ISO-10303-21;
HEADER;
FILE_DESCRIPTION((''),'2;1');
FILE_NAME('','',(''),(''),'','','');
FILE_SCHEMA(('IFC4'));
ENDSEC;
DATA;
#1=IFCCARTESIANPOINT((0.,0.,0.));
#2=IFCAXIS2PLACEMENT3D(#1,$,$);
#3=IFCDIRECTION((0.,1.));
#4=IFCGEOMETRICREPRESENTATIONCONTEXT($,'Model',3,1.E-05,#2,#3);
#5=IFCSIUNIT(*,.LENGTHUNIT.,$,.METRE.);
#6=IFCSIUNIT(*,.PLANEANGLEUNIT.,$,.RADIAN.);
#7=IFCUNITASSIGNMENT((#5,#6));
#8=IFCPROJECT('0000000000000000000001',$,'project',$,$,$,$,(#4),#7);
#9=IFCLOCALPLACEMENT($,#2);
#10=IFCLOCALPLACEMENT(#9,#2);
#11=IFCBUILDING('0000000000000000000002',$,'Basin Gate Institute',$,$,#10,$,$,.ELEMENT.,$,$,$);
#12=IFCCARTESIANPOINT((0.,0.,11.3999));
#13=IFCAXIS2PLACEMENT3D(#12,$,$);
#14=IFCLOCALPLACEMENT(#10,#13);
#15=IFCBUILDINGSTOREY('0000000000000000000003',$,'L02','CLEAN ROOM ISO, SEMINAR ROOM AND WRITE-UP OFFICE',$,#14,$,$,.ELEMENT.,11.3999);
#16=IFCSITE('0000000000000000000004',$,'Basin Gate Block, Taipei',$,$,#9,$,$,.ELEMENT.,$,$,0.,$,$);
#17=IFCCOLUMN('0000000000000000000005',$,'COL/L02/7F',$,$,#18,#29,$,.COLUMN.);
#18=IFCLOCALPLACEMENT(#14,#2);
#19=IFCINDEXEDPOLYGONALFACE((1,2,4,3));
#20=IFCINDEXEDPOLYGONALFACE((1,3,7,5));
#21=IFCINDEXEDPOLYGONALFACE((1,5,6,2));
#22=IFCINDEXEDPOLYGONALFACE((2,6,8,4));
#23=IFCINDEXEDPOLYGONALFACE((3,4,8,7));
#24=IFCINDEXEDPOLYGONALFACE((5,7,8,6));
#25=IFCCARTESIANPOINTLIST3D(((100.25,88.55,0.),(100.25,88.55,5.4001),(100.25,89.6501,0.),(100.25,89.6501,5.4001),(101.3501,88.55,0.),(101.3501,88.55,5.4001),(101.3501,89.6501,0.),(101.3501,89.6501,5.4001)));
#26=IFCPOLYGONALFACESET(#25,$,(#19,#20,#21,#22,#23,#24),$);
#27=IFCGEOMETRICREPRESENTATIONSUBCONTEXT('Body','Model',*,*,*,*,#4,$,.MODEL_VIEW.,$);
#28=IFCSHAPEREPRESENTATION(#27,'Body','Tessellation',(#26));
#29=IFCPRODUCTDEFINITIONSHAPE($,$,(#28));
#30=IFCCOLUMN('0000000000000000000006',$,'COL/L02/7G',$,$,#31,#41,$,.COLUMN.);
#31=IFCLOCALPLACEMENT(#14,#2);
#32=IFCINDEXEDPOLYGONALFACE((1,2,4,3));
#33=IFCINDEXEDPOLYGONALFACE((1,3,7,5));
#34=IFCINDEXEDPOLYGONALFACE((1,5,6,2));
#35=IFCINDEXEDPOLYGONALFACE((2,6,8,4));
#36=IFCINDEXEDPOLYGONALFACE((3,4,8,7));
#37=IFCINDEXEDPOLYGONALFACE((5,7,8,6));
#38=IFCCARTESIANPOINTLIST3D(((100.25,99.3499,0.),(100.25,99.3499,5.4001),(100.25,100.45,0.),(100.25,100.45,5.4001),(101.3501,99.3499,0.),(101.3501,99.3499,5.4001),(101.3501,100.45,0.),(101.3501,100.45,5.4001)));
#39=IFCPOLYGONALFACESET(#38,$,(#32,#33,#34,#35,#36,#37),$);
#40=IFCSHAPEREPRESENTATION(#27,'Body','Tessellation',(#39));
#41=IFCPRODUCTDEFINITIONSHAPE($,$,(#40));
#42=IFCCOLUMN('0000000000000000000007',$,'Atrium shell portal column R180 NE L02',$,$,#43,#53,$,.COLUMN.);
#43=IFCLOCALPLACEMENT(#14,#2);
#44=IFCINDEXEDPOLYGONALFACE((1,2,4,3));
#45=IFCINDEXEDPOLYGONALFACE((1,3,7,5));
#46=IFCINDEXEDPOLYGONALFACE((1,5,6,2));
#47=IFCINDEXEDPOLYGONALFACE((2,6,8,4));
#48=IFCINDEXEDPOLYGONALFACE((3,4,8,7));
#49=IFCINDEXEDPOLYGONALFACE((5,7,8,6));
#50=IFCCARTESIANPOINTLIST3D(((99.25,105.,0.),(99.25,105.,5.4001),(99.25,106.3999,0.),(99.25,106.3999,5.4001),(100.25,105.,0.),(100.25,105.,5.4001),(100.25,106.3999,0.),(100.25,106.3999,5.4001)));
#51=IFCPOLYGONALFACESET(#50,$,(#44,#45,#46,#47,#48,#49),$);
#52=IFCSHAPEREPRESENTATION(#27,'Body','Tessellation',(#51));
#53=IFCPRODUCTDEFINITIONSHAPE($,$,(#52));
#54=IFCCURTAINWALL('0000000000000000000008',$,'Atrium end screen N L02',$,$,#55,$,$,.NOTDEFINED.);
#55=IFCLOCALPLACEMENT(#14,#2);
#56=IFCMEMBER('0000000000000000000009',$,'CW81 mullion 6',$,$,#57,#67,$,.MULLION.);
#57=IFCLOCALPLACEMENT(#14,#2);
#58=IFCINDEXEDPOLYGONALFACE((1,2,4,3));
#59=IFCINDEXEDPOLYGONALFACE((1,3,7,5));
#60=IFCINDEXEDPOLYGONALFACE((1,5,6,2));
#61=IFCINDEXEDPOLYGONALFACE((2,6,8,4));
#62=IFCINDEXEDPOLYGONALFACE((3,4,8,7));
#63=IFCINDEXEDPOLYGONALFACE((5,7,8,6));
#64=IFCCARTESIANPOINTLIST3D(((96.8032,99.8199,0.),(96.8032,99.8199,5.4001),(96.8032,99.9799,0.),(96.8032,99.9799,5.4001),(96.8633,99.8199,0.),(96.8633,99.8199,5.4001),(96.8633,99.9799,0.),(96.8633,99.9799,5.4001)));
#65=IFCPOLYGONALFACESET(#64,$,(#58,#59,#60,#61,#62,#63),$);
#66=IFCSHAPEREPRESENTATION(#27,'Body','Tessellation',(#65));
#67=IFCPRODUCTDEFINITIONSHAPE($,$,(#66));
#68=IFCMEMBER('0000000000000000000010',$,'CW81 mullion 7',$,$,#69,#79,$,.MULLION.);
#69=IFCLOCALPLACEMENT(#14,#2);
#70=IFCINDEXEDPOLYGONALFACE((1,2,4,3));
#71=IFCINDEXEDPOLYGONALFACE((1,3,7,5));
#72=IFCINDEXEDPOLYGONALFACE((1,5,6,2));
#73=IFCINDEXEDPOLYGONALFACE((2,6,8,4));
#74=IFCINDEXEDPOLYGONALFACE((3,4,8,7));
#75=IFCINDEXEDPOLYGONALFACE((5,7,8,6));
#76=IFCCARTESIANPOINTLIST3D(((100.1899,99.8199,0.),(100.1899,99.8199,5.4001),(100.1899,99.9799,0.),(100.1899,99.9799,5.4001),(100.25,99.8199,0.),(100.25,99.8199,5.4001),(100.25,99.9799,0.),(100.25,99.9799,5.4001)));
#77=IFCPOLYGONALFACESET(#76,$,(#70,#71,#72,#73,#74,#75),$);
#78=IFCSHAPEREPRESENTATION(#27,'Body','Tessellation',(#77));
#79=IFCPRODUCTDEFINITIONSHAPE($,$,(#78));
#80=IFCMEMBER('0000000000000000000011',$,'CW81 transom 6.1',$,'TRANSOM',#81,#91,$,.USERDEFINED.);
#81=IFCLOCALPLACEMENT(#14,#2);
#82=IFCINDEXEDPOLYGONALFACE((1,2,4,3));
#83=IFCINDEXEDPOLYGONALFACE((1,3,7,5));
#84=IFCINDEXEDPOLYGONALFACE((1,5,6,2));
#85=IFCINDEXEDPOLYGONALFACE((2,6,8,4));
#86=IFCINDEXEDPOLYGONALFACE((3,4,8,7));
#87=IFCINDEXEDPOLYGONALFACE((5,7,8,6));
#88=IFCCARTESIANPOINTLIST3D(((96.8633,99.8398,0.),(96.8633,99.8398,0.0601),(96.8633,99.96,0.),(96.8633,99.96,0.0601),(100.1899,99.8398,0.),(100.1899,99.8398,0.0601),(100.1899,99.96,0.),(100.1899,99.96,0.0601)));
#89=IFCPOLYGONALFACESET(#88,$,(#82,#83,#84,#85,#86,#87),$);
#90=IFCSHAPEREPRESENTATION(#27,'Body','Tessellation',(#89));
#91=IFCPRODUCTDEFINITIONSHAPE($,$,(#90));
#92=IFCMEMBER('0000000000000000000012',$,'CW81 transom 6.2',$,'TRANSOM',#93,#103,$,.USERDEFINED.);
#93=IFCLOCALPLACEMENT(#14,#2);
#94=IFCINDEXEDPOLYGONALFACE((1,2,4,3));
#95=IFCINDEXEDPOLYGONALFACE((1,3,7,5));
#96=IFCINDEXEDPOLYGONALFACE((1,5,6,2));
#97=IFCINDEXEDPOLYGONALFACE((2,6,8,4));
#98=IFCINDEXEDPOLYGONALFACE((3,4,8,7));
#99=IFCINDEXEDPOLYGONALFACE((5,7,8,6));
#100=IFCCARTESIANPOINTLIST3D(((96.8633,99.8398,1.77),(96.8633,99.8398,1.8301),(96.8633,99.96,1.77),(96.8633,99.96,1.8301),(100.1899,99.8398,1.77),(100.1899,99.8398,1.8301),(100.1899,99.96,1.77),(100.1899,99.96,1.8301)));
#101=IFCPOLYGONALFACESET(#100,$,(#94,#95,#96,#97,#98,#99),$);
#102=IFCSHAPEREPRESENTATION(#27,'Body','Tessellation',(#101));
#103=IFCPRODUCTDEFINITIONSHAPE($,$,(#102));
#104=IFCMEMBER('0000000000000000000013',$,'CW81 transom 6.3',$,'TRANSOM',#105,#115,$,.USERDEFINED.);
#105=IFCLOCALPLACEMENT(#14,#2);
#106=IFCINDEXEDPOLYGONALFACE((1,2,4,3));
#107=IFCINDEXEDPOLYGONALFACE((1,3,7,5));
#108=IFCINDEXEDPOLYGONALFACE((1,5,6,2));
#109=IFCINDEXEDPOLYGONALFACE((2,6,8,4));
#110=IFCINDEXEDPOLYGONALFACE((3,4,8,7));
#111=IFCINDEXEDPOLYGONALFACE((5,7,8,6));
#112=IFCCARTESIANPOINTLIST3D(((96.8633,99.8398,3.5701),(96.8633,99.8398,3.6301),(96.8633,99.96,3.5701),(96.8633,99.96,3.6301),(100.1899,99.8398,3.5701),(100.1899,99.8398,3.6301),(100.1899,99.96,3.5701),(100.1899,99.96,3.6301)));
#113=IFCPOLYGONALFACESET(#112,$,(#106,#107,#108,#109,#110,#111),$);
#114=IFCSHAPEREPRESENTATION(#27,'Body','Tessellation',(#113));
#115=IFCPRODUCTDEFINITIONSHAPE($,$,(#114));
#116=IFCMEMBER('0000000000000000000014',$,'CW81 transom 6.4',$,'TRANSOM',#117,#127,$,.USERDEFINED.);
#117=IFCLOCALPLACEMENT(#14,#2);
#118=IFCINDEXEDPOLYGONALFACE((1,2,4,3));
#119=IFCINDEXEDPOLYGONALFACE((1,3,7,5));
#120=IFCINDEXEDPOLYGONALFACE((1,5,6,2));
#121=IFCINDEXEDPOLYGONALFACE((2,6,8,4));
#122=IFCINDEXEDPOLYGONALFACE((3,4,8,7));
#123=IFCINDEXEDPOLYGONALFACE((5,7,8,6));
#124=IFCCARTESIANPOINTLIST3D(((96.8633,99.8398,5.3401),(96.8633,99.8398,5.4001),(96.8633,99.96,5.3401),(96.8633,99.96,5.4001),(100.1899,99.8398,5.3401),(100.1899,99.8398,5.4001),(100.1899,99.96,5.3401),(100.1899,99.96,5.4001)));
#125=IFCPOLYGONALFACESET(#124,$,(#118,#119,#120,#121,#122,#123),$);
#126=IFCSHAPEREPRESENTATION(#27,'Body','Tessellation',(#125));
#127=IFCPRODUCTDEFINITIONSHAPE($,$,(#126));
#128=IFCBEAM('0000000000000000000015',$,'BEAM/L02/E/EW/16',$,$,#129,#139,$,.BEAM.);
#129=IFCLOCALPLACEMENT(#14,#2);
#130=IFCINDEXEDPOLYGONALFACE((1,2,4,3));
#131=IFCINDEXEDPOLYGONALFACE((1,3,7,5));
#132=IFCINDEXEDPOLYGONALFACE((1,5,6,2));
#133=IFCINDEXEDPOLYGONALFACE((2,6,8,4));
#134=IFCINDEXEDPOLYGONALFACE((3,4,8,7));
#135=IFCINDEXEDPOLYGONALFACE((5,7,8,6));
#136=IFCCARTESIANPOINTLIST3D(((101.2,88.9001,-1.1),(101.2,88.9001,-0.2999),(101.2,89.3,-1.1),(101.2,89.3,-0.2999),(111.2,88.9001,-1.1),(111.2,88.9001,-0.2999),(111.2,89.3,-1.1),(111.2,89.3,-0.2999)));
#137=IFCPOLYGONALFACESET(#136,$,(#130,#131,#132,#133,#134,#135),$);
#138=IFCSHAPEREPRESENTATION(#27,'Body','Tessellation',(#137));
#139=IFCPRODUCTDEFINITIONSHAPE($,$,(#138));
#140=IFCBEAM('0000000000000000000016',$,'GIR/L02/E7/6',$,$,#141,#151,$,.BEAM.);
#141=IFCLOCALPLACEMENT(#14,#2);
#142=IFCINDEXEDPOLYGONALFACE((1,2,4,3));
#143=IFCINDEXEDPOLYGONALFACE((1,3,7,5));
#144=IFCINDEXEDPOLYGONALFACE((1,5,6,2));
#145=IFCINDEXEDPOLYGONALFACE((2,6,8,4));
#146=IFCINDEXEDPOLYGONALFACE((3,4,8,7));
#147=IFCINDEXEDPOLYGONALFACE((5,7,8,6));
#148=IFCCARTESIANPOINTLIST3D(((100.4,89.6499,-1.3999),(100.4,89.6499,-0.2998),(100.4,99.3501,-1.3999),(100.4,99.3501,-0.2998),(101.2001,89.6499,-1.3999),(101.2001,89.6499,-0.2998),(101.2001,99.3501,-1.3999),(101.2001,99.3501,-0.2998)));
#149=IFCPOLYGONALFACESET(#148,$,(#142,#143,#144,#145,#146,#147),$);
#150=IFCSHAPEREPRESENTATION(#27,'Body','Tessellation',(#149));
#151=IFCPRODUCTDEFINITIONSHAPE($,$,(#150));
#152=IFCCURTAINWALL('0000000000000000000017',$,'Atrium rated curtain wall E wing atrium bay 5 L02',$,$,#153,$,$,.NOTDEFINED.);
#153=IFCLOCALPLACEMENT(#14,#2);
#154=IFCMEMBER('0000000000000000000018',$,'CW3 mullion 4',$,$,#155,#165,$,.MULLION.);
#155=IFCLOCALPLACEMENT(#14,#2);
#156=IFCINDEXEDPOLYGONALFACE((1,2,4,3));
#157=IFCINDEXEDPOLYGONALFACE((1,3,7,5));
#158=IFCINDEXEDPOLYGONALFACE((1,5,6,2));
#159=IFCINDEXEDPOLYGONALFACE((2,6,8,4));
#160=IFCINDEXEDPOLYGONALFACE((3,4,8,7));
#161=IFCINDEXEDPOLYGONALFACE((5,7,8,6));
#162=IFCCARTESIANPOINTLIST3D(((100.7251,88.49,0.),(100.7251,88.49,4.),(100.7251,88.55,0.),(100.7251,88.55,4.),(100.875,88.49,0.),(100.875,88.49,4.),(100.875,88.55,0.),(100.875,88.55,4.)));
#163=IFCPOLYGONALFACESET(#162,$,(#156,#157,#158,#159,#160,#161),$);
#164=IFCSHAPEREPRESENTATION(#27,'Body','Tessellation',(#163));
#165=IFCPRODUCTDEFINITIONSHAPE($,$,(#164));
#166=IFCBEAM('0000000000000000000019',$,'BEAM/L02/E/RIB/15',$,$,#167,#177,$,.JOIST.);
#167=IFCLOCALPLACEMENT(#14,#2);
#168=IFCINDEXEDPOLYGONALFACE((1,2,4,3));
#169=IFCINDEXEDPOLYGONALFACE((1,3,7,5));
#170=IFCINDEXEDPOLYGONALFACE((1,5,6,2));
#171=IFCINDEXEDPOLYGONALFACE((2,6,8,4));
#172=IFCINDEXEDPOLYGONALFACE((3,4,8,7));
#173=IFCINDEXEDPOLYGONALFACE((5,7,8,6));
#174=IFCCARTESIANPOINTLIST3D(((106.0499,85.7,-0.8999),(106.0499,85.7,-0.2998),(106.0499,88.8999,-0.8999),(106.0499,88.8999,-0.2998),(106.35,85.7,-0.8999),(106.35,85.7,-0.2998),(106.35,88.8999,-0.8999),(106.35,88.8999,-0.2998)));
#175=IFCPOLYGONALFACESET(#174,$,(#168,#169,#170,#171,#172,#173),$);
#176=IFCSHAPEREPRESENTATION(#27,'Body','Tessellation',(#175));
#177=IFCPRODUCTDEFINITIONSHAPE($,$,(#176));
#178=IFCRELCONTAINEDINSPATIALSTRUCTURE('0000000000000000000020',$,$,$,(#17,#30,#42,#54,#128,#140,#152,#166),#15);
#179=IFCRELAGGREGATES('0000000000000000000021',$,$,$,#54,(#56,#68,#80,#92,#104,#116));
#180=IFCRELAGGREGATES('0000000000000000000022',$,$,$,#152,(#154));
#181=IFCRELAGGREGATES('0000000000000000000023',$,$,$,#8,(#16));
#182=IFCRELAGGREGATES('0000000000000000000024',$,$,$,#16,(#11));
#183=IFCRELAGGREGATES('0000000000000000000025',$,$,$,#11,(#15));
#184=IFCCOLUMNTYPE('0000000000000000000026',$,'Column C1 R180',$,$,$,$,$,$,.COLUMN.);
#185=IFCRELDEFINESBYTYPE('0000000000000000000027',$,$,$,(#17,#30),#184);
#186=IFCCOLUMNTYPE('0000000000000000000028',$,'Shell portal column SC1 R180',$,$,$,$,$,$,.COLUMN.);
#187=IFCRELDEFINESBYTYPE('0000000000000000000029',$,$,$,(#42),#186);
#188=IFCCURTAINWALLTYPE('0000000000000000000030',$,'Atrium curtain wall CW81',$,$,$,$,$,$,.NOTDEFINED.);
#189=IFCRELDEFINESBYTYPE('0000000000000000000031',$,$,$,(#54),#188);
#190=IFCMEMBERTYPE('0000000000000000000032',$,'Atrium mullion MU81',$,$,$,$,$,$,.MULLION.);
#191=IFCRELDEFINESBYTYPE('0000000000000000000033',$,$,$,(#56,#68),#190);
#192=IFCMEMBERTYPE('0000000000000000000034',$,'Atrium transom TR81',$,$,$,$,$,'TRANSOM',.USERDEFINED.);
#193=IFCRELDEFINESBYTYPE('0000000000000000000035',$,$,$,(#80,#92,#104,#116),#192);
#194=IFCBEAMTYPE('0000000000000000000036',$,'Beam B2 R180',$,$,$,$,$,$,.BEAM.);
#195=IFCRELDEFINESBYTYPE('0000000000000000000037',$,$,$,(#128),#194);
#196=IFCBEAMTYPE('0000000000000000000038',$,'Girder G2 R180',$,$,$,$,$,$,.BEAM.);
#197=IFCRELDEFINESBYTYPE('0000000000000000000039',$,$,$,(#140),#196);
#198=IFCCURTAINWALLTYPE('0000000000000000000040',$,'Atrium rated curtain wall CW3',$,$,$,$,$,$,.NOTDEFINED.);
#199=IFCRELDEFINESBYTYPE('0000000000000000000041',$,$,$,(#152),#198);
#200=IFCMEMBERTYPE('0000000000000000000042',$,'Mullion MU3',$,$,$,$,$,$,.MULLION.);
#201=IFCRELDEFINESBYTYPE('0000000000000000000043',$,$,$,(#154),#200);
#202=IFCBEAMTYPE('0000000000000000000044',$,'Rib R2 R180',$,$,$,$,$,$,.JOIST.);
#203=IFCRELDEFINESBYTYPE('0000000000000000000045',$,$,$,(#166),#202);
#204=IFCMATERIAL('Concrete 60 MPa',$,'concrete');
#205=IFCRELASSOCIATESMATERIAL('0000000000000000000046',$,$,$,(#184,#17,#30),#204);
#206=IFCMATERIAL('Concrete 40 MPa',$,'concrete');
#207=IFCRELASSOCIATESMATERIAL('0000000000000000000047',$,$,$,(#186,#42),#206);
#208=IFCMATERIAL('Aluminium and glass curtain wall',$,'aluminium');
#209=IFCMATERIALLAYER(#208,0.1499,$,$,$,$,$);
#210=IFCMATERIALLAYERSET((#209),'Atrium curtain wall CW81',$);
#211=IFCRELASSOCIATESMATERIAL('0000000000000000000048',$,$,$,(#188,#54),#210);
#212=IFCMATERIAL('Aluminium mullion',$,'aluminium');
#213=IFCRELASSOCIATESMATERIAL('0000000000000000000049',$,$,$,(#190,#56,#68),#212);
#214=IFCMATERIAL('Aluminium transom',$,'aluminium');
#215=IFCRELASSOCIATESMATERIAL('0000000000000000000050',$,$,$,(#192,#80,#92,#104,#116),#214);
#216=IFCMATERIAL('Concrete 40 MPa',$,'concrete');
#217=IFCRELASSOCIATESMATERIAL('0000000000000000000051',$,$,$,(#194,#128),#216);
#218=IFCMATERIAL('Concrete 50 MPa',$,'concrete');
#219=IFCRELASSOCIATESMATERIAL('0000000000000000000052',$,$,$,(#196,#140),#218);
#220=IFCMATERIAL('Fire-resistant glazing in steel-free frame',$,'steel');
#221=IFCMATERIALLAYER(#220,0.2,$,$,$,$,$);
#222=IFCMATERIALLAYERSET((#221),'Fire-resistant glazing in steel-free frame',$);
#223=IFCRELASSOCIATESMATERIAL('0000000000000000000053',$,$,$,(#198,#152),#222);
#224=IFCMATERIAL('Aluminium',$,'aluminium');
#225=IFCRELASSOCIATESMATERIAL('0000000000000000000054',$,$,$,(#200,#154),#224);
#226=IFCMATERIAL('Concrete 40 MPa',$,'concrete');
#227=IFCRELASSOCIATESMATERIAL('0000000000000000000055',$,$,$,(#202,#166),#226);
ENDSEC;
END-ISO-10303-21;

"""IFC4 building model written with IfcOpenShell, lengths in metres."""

from ifc_helpers import new_model, si_unit, direction, frame, origin, origin_2d, place, context, subcontext, project, spatial, rectangle, extrude, material, layer, layer_set, material_profile, profile_set, type_object, element, aggregate, save


model = new_model("IFC4")

# Units and contexts
model_context = context("Model", 3, precision=1e-05, world=origin(), true_north=direction((0.0, 1.0)))
body_context = subcontext(model_context, "Body", "Model", "MODEL_VIEW")
ifc_project = project(units=[si_unit("LENGTHUNIT", "METRE"), si_unit("PLANEANGLEUNIT", "RADIAN")], contexts=[model_context])

# Site, building, storey
site_placement = place(None, origin())
site = spatial("IfcSite", under=ifc_project, at=site_placement, Name="Basin Gate Block, Taipei", CompositionType="ELEMENT", RefElevation=0.0)
building_placement = place(site_placement, origin())
building = spatial("IfcBuilding", under=site, at=building_placement, Name="Basin Gate Institute", CompositionType="ELEMENT")
storey_placement = place(building_placement, frame((0.0, 0.0, 11.3999)))
storey = spatial("IfcBuildingStorey", under=building, at=storey_placement, Name="L02", Description="CLEAN ROOM ISO, SEMINAR ROOM AND WRITE-UP OFFICE", CompositionType="ELEMENT", Elevation=11.3999)

# Columns
ifc_material_1 = material(Name="Concrete 60 MPa", Category="concrete")
ifc_material_profile_1 = material_profile(ifc_material_1, rectangle(XDim=1.1001, YDim=1.1001, at=origin_2d()), Name="Column C1 1100 x 1100")
ifc_profile_set_1 = profile_set([ifc_material_profile_1], Name="Concrete 60 MPa")
column_type_1 = type_object("IfcColumnType", Name="Column C1 R180", PredefinedType="COLUMN", material=ifc_profile_set_1)
for number, where, z_axis, x_axis, name in (
    (1, (100.8, 89.1001, 0.0), (0.0, 0.0, 1.0), (1.0, 0.0, 0.0), "COL/L02/7F"),
    (2, (100.8, 99.8999, 0.0), (0.0, 0.0, 1.0), (1.0, 0.0, 0.0), "COL/L02/7G"),
):
    element("IfcColumn", number, at=place(storey_placement, frame(where, z_axis=z_axis, x_axis=x_axis)), inside=storey, type_object=column_type_1, material=ifc_profile_set_1, Name=name, PredefinedType="COLUMN", context=body_context, shape_type="SweptSolid", body=[
        extrude(rectangle(XDim=1.1001, YDim=1.1001, at=origin_2d()), origin(), (0.0, 0.0, 1.0), 5.4001),
    ])
ifc_material_2 = material(Name="Concrete 40 MPa", Category="concrete")
ifc_material_profile_2 = material_profile(ifc_material_2, rectangle(XDim=1.0, YDim=1.3999, at=origin_2d()), Name="Shell portal column SC1 1000 x 1400")
ifc_profile_set_2 = profile_set([ifc_material_profile_2], Name="Concrete 40 MPa")
column_type_2 = type_object("IfcColumnType", Name="Shell portal column SC1 R180", PredefinedType="COLUMN", material=ifc_profile_set_2)
column_placement = place(storey_placement, frame((99.75, 105.7, 0.0), z_axis=(0.0, 0.0, 1.0), x_axis=(1.0, 0.0, 0.0)))
element("IfcColumn", 3, at=column_placement, inside=storey, type_object=column_type_2, material=ifc_profile_set_2, Name="Atrium shell portal column R180 NE L02", PredefinedType="COLUMN", context=body_context, shape_type="SweptSolid", body=[
    extrude(rectangle(XDim=1.0, YDim=1.3999, at=origin_2d()), origin(), (0.0, 0.0, 1.0), 5.4001),
])

# Curtain wall, members
ifc_material_3 = material(Name="Aluminium and glass curtain wall", Category="aluminium")
ifc_layer_1 = layer(ifc_material_3, 0.1499)
ifc_layer_set_1 = layer_set([ifc_layer_1], Name="Atrium curtain wall CW81")
curtain_wall_type_1 = type_object("IfcCurtainWallType", Name="Atrium curtain wall CW81", PredefinedType="NOTDEFINED", material=ifc_layer_set_1)
curtain_wall_1_placement = place(storey_placement, origin())
curtain_wall_1 = element("IfcCurtainWall", 4, at=curtain_wall_1_placement, inside=storey, type_object=curtain_wall_type_1, material=ifc_layer_set_1, Name="Atrium end screen N L02", PredefinedType="NOTDEFINED")
ifc_material_4 = material(Name="Aluminium mullion", Category="aluminium")
ifc_material_profile_3 = material_profile(ifc_material_4, rectangle(XDim=0.1599, YDim=0.0601, at=origin_2d()), Name="Atrium mullion MU81 160 x 60")
ifc_profile_set_3 = profile_set([ifc_material_profile_3], Name="Aluminium mullion")
member_type_1 = type_object("IfcMemberType", Name="Atrium mullion MU81", PredefinedType="MULLION", material=ifc_profile_set_3)
member_1_placement = place(storey_placement, frame((96.8333, 99.8999, 0.0), z_axis=(0.0, 0.0, 1.0), x_axis=(0.0, 1.0, 0.0)))
member_1 = element("IfcMember", 5, at=member_1_placement, type_object=member_type_1, material=ifc_profile_set_3, Name="CW81 mullion 6", PredefinedType="MULLION", context=body_context, shape_type="SweptSolid", body=[
    extrude(rectangle(XDim=0.1599, YDim=0.0601, at=origin_2d()), origin(), (0.0, 0.0, 1.0), 5.4001),
])
member_2_placement = place(storey_placement, frame((100.22, 99.8999, 0.0), z_axis=(0.0, 0.0, 1.0), x_axis=(0.0, 1.0, 0.0)))
member_2 = element("IfcMember", 6, at=member_2_placement, type_object=member_type_1, material=ifc_profile_set_3, Name="CW81 mullion 7", PredefinedType="MULLION", context=body_context, shape_type="SweptSolid", body=[
    extrude(rectangle(XDim=0.1599, YDim=0.0601, at=origin_2d()), origin(), (0.0, 0.0, 1.0), 5.4001),
])
ifc_material_5 = material(Name="Aluminium transom", Category="aluminium")
ifc_material_profile_4 = material_profile(ifc_material_5, rectangle(XDim=0.1201, YDim=0.0601, at=origin_2d()), Name="Atrium transom TR81 120 x 60")
ifc_profile_set_4 = profile_set([ifc_material_profile_4], Name="Aluminium transom")
member_type_2 = type_object("IfcMemberType", Name="Atrium transom TR81", ElementType="TRANSOM", PredefinedType="USERDEFINED", material=ifc_profile_set_4)
member_3_placement = place(storey_placement, frame((96.8633, 99.8999, 0.03), z_axis=(1.0, 0.0, 0.0), x_axis=(0.0, 1.0, 0.0)))
member_3 = element("IfcMember", 7, at=member_3_placement, type_object=member_type_2, material=ifc_profile_set_4, Name="CW81 transom 6.1", ObjectType="TRANSOM", PredefinedType="USERDEFINED", context=body_context, shape_type="SweptSolid", body=[
    extrude(rectangle(XDim=0.1201, YDim=0.0601, at=origin_2d()), origin(), (0.0, 0.0, 1.0), 3.3267),
])
member_4_placement = place(storey_placement, frame((96.8633, 99.8999, 1.8), z_axis=(1.0, 0.0, 0.0), x_axis=(0.0, 1.0, 0.0)))
member_4 = element("IfcMember", 8, at=member_4_placement, type_object=member_type_2, material=ifc_profile_set_4, Name="CW81 transom 6.2", ObjectType="TRANSOM", PredefinedType="USERDEFINED", context=body_context, shape_type="SweptSolid", body=[
    extrude(rectangle(XDim=0.1201, YDim=0.0601, at=origin_2d()), origin(), (0.0, 0.0, 1.0), 3.3267),
])
member_5_placement = place(storey_placement, frame((96.8633, 99.8999, 3.6001), z_axis=(1.0, 0.0, 0.0), x_axis=(0.0, 1.0, 0.0)))
member_5 = element("IfcMember", 9, at=member_5_placement, type_object=member_type_2, material=ifc_profile_set_4, Name="CW81 transom 6.3", ObjectType="TRANSOM", PredefinedType="USERDEFINED", context=body_context, shape_type="SweptSolid", body=[
    extrude(rectangle(XDim=0.1201, YDim=0.0601, at=origin_2d()), origin(), (0.0, 0.0, 1.0), 3.3267),
])
member_6_placement = place(storey_placement, frame((96.8633, 99.8999, 5.3701), z_axis=(1.0, 0.0, 0.0), x_axis=(0.0, 1.0, 0.0)))
member_6 = element("IfcMember", 10, at=member_6_placement, type_object=member_type_2, material=ifc_profile_set_4, Name="CW81 transom 6.4", ObjectType="TRANSOM", PredefinedType="USERDEFINED", context=body_context, shape_type="SweptSolid", body=[
    extrude(rectangle(XDim=0.1201, YDim=0.0601, at=origin_2d()), origin(), (0.0, 0.0, 1.0), 3.3267),
])

# Beams
ifc_material_6 = material(Name="Concrete 40 MPa", Category="concrete")
ifc_material_profile_5 = material_profile(ifc_material_6, rectangle(XDim=0.3999, YDim=0.8, at=origin_2d()), Name="Beam B2 400 x 800")
ifc_profile_set_5 = profile_set([ifc_material_profile_5], Name="Concrete 40 MPa")
beam_type_1 = type_object("IfcBeamType", Name="Beam B2 R180", PredefinedType="BEAM", material=ifc_profile_set_5)
beam_1_placement = place(storey_placement, frame((111.2, 89.1001, -0.7), z_axis=(-1.0, 0.0, 0.0), x_axis=(0.0, -1.0, 0.0)))
element("IfcBeam", 11, at=beam_1_placement, inside=storey, type_object=beam_type_1, material=ifc_profile_set_5, Name="BEAM/L02/E/EW/16", PredefinedType="BEAM", context=body_context, shape_type="SweptSolid", body=[
    extrude(rectangle(XDim=0.3999, YDim=0.8, at=origin_2d()), origin(), (0.0, 0.0, 1.0), 10.0),
])
ifc_material_7 = material(Name="Concrete 50 MPa", Category="concrete")
ifc_material_profile_6 = material_profile(ifc_material_7, rectangle(XDim=0.8, YDim=1.1001, at=origin_2d()), Name="Girder G2 800 x 1100")
ifc_profile_set_6 = profile_set([ifc_material_profile_6], Name="Concrete 50 MPa")
beam_type_2 = type_object("IfcBeamType", Name="Girder G2 R180", PredefinedType="BEAM", material=ifc_profile_set_6)
beam_2_placement = place(storey_placement, frame((100.8, 89.6499, -0.8499), z_axis=(0.0, 1.0, 0.0), x_axis=(-1.0, 0.0, 0.0)))
element("IfcBeam", 12, at=beam_2_placement, inside=storey, type_object=beam_type_2, material=ifc_profile_set_6, Name="GIR/L02/E7/6", PredefinedType="BEAM", context=body_context, shape_type="SweptSolid", body=[
    extrude(rectangle(XDim=0.8, YDim=1.1001, at=origin_2d()), origin(), (0.0, 0.0, 1.0), 9.7002),
])

# Curtain wall, member
ifc_material_8 = material(Name="Fire-resistant glazing in steel-free frame", Category="steel")
ifc_layer_2 = layer(ifc_material_8, 0.2)
ifc_layer_set_2 = layer_set([ifc_layer_2], Name="Fire-resistant glazing in steel-free frame")
curtain_wall_type_2 = type_object("IfcCurtainWallType", Name="Atrium rated curtain wall CW3", PredefinedType="NOTDEFINED", material=ifc_layer_set_2)
curtain_wall_2_placement = place(storey_placement, origin())
curtain_wall_2 = element("IfcCurtainWall", 13, at=curtain_wall_2_placement, inside=storey, type_object=curtain_wall_type_2, material=ifc_layer_set_2, Name="Atrium rated curtain wall E wing atrium bay 5 L02", PredefinedType="NOTDEFINED")
ifc_material_9 = material(Name="Aluminium", Category="aluminium")
ifc_material_profile_7 = material_profile(ifc_material_9, rectangle(XDim=0.1499, YDim=0.0601, at=origin_2d()), Name="Mullion MU3 150 x 60")
ifc_profile_set_7 = profile_set([ifc_material_profile_7], Name="Aluminium")
member_type_3 = type_object("IfcMemberType", Name="Mullion MU3", PredefinedType="MULLION", material=ifc_profile_set_7)
member_7_placement = place(storey_placement, frame((100.8, 88.52, 0.0), z_axis=(0.0, 0.0, 1.0), x_axis=(-1.0, 0.0, 0.0)))
member_7 = element("IfcMember", 14, at=member_7_placement, type_object=member_type_3, material=ifc_profile_set_7, Name="CW3 mullion 4", PredefinedType="MULLION", context=body_context, shape_type="SweptSolid", body=[
    extrude(rectangle(XDim=0.1499, YDim=0.0601, at=origin_2d()), origin(), (0.0, 0.0, 1.0), 4.0),
])

# Beam
ifc_material_10 = material(Name="Concrete 40 MPa", Category="concrete")
ifc_material_profile_8 = material_profile(ifc_material_10, rectangle(XDim=0.3, YDim=0.6001, at=origin_2d()), Name="Rib R2 300 x 600")
ifc_profile_set_8 = profile_set([ifc_material_profile_8], Name="Concrete 40 MPa")
beam_type_3 = type_object("IfcBeamType", Name="Rib R2 R180", PredefinedType="JOIST", material=ifc_profile_set_8)
for number, where, z_axis, x_axis, name in (
    (15, (106.2, 85.7, -0.5999), (0.0, 1.0, 0.0), (-1.0, 0.0, 0.0), "BEAM/L02/E/RIB/15"),
):
    element("IfcBeam", number, at=place(storey_placement, frame(where, z_axis=z_axis, x_axis=x_axis)), inside=storey, type_object=beam_type_3, material=ifc_profile_set_8, Name=name, PredefinedType="JOIST", context=body_context, shape_type="SweptSolid", body=[
        extrude(rectangle(XDim=0.3, YDim=0.6001, at=origin_2d()), origin(), (0.0, 0.0, 1.0), 3.2),
    ])

aggregate(curtain_wall_1, [member_1, member_2, member_3, member_4, member_5, member_6])
aggregate(curtain_wall_2, [member_7])

save(model, "model.ifc")
